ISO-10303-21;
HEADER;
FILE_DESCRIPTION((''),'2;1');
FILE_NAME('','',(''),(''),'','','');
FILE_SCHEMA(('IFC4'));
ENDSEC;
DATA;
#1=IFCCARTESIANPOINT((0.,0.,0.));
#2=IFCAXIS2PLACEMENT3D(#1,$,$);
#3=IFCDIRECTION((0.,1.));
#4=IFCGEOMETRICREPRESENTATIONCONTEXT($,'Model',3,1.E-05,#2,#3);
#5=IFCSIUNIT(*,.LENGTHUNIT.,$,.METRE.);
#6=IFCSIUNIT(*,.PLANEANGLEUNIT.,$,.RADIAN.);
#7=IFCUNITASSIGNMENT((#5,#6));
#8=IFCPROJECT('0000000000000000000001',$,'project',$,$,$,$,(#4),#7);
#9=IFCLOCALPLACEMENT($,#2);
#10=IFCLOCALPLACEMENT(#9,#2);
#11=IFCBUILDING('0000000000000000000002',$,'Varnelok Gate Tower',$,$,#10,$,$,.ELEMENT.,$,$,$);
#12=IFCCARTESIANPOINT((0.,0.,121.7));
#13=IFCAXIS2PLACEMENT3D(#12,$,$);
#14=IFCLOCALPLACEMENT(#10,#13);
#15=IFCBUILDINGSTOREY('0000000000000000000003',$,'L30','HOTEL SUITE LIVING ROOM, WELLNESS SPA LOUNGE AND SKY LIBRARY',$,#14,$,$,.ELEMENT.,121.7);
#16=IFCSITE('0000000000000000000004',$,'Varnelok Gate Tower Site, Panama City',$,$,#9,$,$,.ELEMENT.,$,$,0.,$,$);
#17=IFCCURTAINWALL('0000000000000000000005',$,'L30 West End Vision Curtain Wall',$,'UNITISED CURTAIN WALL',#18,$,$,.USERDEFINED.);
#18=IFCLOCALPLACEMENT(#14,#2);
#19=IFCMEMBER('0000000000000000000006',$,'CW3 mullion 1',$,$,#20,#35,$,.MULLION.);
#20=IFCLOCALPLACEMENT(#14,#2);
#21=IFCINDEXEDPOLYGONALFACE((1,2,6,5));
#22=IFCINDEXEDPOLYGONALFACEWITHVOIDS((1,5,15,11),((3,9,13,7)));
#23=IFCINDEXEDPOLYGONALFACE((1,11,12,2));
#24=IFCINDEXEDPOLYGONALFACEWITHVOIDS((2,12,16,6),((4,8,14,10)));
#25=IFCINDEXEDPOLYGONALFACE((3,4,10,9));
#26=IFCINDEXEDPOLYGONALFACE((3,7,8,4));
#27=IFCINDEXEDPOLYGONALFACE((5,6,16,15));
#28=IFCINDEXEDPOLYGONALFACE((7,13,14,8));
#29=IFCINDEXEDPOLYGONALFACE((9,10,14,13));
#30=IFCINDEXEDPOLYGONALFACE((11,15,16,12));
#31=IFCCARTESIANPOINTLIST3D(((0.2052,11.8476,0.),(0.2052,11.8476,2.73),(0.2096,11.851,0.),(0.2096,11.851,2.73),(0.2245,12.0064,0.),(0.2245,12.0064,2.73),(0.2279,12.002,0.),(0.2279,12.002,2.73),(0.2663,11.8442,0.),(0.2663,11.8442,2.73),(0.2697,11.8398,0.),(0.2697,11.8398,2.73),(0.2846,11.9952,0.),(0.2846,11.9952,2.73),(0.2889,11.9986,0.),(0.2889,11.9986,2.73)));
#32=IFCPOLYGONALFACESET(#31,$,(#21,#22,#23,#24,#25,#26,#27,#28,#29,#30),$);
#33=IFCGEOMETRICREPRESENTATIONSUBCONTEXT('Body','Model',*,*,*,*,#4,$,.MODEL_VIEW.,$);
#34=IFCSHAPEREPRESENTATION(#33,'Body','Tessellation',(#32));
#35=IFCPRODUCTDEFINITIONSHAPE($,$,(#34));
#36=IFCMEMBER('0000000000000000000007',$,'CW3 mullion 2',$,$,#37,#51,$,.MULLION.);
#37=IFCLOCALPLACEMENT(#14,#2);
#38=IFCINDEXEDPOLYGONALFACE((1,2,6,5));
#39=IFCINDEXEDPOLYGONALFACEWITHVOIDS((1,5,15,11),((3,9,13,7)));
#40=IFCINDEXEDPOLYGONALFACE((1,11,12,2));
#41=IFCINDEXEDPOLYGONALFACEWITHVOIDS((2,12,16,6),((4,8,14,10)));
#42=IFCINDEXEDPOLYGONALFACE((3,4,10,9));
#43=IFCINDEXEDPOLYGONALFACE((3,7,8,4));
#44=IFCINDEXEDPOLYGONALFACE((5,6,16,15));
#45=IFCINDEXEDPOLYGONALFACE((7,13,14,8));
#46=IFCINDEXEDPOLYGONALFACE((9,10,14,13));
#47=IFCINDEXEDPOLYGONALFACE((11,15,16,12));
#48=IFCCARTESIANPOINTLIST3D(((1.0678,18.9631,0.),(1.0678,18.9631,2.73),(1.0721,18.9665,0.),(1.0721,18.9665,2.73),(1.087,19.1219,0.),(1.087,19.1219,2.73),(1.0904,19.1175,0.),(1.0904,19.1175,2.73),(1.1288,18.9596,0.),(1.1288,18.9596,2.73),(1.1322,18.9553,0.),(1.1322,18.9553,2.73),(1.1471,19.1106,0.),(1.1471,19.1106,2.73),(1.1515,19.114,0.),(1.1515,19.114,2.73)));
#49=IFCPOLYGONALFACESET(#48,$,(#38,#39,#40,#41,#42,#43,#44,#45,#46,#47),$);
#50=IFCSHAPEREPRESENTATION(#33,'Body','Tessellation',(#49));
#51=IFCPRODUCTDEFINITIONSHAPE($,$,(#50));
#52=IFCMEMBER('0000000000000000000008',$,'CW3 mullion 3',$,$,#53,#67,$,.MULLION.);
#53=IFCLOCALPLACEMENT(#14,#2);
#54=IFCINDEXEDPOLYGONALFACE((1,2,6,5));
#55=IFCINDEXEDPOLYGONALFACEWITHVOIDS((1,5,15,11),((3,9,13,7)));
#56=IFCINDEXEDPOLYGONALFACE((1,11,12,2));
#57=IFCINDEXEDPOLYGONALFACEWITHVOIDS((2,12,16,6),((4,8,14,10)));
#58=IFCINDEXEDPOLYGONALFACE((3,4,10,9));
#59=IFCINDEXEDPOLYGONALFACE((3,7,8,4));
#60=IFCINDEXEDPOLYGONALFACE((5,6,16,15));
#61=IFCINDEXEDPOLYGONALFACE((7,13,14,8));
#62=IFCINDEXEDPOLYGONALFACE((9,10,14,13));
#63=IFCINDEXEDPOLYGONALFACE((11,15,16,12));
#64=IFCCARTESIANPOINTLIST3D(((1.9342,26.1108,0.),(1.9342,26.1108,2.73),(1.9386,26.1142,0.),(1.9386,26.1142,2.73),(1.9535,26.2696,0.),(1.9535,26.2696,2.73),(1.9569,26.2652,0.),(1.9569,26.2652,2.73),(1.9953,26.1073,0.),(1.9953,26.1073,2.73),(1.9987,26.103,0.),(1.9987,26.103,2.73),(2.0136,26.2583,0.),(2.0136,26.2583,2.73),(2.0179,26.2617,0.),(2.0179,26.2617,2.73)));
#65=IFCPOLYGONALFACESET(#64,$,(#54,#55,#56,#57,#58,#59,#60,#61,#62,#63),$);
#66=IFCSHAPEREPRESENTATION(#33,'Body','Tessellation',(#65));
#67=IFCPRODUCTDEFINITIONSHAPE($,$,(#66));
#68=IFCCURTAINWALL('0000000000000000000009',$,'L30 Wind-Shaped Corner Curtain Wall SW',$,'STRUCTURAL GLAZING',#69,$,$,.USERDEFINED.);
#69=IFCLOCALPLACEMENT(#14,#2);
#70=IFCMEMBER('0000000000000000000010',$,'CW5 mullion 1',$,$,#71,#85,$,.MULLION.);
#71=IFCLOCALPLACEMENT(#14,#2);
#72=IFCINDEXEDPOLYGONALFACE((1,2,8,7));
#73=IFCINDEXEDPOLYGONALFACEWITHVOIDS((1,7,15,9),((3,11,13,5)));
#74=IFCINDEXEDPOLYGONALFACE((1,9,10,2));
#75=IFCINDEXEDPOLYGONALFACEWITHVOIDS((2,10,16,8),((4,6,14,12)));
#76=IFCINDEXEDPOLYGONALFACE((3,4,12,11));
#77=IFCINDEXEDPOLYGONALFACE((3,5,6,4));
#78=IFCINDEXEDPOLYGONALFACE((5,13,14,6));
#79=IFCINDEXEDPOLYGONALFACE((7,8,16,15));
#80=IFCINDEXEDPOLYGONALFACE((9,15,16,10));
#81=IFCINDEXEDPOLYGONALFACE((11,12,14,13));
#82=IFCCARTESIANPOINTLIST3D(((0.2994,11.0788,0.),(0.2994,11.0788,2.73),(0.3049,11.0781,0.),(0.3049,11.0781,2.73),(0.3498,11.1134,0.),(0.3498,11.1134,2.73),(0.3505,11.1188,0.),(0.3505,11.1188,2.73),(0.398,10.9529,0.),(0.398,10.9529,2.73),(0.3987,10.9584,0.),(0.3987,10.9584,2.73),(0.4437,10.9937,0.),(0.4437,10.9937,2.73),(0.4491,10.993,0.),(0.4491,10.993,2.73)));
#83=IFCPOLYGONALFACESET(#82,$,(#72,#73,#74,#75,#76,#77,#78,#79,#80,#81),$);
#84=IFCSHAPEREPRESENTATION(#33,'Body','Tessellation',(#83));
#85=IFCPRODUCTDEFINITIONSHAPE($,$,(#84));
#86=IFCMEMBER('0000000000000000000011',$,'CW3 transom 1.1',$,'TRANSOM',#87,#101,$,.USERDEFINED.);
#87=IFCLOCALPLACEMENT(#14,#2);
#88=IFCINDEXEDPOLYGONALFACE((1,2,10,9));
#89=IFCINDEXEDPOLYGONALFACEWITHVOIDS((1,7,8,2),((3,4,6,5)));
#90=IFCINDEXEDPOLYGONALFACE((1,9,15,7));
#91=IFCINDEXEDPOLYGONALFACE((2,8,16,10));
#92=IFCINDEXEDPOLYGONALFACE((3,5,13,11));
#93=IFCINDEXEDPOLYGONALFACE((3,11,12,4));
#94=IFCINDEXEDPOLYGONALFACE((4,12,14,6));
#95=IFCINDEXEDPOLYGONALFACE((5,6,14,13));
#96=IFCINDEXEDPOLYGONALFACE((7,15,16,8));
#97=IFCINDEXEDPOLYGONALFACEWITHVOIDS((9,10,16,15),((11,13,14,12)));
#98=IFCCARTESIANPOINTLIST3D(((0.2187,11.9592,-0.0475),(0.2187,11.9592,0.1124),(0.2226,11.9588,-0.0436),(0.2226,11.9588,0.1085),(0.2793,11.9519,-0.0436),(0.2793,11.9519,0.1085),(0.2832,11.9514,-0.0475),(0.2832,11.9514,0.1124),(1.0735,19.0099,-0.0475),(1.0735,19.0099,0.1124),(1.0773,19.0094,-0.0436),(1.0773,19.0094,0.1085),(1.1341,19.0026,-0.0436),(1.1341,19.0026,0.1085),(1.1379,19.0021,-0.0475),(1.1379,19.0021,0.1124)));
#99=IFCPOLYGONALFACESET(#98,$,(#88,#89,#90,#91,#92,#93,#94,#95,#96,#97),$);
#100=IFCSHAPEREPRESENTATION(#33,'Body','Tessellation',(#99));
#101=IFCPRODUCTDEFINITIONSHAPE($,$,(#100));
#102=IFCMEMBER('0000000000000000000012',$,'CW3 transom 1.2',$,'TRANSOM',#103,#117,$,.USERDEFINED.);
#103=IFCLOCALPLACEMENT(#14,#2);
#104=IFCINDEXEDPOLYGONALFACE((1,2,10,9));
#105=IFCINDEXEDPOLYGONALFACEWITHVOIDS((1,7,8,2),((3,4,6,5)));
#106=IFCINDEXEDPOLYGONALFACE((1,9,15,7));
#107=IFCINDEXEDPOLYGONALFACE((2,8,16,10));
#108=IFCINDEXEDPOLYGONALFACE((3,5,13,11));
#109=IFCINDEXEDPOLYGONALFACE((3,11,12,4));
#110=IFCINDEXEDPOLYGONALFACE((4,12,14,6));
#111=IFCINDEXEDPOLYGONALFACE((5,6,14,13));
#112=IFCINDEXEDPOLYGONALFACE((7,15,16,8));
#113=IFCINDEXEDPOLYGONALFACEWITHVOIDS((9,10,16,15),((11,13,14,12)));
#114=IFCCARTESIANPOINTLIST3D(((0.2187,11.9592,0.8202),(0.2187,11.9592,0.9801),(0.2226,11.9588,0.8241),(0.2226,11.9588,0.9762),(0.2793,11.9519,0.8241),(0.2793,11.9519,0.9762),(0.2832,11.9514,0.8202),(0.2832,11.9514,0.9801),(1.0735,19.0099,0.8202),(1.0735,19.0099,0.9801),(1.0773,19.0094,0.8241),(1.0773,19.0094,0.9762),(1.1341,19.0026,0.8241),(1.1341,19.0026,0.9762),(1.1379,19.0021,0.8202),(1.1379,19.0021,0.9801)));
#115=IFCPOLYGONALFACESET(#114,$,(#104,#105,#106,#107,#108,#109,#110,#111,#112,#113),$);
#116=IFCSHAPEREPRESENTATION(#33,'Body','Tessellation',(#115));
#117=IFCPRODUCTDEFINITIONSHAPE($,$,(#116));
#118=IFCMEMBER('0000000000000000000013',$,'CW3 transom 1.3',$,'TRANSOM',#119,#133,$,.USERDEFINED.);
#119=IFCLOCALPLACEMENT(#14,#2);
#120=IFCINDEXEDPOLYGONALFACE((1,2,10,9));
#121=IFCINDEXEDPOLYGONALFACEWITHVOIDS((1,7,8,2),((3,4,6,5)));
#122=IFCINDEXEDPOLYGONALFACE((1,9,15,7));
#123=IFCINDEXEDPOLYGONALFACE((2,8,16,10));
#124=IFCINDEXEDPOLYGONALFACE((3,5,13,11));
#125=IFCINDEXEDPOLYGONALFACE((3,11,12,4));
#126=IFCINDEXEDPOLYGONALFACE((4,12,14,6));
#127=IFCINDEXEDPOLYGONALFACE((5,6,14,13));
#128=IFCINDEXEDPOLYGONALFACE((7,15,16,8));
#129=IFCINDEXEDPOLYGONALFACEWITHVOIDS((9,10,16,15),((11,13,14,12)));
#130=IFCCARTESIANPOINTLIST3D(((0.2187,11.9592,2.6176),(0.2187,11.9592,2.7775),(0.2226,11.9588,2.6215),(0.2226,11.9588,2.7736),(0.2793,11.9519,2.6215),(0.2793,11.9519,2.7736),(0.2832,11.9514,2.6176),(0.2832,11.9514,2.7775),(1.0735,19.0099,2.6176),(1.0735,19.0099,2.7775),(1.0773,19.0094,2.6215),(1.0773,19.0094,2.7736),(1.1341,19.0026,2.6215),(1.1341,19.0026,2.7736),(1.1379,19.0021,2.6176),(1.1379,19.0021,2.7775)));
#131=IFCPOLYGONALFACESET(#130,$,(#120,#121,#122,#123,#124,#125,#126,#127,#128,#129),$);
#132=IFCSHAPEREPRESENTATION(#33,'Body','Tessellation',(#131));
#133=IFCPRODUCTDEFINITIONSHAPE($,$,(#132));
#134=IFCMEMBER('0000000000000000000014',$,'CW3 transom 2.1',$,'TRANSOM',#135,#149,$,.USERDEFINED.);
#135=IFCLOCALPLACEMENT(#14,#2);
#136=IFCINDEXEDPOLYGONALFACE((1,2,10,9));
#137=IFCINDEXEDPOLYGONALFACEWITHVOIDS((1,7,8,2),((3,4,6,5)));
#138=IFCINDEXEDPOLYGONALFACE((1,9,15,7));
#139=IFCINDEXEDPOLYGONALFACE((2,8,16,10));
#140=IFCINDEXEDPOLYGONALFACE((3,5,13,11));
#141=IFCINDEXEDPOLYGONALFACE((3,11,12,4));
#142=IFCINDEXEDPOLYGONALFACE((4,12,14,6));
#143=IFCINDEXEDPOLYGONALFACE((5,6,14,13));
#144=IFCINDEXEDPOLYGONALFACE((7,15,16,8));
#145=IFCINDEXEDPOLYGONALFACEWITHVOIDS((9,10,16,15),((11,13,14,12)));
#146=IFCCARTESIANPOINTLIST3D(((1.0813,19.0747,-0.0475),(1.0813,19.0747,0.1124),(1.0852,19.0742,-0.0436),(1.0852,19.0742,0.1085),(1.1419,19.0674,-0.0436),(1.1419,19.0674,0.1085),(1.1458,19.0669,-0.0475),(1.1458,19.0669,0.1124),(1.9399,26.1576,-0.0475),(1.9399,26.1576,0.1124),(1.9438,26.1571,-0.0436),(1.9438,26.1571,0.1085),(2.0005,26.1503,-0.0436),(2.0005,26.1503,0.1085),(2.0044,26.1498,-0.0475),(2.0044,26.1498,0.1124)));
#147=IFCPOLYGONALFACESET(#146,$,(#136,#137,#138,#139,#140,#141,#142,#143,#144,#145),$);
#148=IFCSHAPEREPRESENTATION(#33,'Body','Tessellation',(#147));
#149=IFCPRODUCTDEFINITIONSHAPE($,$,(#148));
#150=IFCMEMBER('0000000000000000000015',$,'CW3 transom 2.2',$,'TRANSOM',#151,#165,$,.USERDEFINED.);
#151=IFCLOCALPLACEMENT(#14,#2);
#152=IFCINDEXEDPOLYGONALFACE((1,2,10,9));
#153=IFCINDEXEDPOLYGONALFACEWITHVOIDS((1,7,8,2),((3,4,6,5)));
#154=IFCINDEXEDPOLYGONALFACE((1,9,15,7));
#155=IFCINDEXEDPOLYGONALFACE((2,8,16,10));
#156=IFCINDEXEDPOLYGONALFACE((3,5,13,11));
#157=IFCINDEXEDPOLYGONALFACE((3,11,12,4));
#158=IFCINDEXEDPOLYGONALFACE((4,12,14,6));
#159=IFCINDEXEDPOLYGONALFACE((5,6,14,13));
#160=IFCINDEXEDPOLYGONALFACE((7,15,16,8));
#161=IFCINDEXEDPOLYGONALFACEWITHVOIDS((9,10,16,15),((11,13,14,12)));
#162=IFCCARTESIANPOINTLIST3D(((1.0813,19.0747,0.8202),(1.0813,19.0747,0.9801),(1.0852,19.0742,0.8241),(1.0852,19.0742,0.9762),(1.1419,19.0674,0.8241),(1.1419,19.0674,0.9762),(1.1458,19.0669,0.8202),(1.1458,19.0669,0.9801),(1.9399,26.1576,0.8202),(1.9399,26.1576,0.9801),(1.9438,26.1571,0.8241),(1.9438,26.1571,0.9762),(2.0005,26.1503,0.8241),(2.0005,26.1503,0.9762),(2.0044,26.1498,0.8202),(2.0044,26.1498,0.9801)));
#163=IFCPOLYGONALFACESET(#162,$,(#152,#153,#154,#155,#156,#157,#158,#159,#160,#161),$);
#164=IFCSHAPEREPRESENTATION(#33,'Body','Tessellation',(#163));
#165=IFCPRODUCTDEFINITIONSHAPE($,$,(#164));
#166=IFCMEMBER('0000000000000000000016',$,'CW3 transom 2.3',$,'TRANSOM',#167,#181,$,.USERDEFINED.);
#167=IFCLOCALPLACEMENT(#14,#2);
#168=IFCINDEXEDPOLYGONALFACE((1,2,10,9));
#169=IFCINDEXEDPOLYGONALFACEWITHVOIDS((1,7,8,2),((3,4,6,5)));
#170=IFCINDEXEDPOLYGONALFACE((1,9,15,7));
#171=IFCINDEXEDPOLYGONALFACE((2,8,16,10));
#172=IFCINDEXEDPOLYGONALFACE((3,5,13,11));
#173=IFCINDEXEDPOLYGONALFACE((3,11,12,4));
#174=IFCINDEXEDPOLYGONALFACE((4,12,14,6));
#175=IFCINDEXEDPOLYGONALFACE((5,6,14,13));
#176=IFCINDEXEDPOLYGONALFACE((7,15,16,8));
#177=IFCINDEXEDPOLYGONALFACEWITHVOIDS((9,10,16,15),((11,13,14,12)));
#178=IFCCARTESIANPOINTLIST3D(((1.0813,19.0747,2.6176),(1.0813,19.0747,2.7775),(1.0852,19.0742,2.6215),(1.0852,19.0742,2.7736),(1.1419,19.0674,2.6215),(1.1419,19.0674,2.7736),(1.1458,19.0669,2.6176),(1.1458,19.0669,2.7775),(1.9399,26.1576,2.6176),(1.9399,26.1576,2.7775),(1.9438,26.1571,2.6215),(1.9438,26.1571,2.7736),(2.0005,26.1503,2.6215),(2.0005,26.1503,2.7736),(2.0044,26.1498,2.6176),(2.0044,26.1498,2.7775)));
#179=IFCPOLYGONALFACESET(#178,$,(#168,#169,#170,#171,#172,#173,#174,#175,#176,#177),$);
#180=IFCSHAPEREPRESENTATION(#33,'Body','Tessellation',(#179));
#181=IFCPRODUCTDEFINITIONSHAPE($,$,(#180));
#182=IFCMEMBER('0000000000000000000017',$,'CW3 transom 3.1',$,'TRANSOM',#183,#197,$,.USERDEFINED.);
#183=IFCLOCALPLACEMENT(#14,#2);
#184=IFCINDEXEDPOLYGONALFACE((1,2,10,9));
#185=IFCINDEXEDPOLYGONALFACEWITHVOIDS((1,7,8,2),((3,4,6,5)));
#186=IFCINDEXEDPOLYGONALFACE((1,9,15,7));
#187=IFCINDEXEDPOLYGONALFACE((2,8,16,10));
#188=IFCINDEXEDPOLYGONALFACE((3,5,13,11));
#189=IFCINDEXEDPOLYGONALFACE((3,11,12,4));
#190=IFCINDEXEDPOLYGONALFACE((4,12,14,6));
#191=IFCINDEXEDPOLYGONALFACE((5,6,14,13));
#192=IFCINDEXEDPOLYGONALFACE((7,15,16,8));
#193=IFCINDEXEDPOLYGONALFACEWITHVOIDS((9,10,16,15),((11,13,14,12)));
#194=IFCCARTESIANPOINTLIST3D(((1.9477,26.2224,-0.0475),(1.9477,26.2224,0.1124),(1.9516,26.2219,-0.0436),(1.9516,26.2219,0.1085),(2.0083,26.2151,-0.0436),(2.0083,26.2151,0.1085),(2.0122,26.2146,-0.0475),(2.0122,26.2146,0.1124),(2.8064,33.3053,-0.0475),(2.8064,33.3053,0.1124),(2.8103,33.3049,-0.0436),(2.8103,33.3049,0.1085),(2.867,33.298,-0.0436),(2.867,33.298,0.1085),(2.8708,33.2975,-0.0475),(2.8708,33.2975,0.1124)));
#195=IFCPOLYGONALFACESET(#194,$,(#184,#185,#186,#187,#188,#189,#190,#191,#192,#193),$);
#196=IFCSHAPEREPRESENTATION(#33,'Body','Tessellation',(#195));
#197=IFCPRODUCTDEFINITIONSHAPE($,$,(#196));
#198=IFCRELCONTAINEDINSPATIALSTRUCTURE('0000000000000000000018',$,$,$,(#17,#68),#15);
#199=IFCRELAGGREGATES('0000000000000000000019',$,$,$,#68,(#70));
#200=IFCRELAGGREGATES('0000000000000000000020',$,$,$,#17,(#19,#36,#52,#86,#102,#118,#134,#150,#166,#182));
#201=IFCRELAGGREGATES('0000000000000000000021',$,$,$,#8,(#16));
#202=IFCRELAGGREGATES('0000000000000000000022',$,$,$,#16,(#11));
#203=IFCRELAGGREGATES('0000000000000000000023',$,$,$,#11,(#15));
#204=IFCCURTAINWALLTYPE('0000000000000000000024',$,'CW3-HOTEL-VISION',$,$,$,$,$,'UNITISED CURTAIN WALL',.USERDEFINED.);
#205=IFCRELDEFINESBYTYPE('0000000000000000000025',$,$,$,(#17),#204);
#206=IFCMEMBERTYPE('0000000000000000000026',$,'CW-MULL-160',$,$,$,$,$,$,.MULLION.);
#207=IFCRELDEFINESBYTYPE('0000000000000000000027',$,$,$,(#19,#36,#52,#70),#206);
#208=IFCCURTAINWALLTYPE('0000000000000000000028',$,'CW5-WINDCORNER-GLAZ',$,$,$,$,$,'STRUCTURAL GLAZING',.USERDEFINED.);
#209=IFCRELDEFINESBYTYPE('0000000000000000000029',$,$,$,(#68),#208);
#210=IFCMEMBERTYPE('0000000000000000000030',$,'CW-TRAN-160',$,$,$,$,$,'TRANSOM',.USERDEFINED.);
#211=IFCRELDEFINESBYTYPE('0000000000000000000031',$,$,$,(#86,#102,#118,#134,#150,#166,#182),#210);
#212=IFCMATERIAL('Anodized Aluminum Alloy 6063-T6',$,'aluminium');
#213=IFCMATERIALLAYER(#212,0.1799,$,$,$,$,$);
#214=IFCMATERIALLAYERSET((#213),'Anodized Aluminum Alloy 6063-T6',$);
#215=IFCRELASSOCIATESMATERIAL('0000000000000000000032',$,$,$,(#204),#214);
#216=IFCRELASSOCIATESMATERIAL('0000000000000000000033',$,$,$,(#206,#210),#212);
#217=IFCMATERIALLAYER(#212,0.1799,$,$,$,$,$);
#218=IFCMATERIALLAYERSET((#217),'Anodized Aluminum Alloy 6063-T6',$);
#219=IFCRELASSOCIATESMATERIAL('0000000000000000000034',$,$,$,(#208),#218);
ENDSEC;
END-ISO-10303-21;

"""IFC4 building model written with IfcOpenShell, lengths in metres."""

from ifc_helpers import new_model, si_unit, direction, frame, origin, origin_2d, place, context, subcontext, project, spatial, hollow_rectangle, extrude, material, layer, layer_set, material_profile, profile_set, type_object, element, aggregate, save


model = new_model("IFC4")

# Units and contexts
model_context = context("Model", 3, precision=1e-05, world=origin(), true_north=direction((0.0, 1.0)))
body_context = subcontext(model_context, "Body", "Model", "MODEL_VIEW")
ifc_project = project(units=[si_unit("LENGTHUNIT", "METRE"), si_unit("PLANEANGLEUNIT", "RADIAN")], contexts=[model_context])

# Site, building, storey
site_placement = place(None, origin())
site = spatial("IfcSite", under=ifc_project, at=site_placement, Name="Varnelok Gate Tower Site, Panama City", CompositionType="ELEMENT", RefElevation=0.0)
building_placement = place(site_placement, origin())
building = spatial("IfcBuilding", under=site, at=building_placement, Name="Varnelok Gate Tower", CompositionType="ELEMENT")
storey_placement = place(building_placement, frame((0.0, 0.0, 121.7)))
storey = spatial("IfcBuildingStorey", under=building, at=storey_placement, Name="L30", Description="HOTEL SUITE LIVING ROOM, WELLNESS SPA LOUNGE AND SKY LIBRARY", CompositionType="ELEMENT", Elevation=121.7)

# Curtain wall, members
ifc_material_1 = material(Name="Anodized Aluminum Alloy 6063-T6", Category="aluminium")
ifc_layer_1 = layer(ifc_material_1, 0.1799)
ifc_layer_set_1 = layer_set([ifc_layer_1], Name="Anodized Aluminum Alloy 6063-T6")
curtain_wall_type_1 = type_object("IfcCurtainWallType", Name="CW3-HOTEL-VISION", ElementType="UNITISED CURTAIN WALL", PredefinedType="USERDEFINED", material=ifc_layer_set_1)
curtain_wall_1_placement = place(storey_placement, origin())
curtain_wall_1 = element("IfcCurtainWall", 1, at=curtain_wall_1_placement, inside=storey, type_object=curtain_wall_type_1, Name="L30 West End Vision Curtain Wall", ObjectType="UNITISED CURTAIN WALL", PredefinedType="USERDEFINED")
ifc_material_profile_1 = material_profile(ifc_material_1, hollow_rectangle(XDim=0.0649, YDim=0.1599, WallThickness=0.0039, at=origin_2d()), Name="ALU160X65X4")
ifc_profile_set_1 = profile_set([ifc_material_profile_1], Name="Anodized Aluminum Alloy 6063-T6")
member_type_1 = type_object("IfcMemberType", Name="CW-MULL-160", PredefinedType="MULLION", material=ifc_profile_set_1)
member_1_placement = place(storey_placement, frame((0.2471, 11.9231, 0.0), z_axis=(0.0, 0.0, 1.0), x_axis=(-0.992732, 0.120347, 0.0)))
member_1 = element("IfcMember", 2, at=member_1_placement, type_object=member_type_1, Name="CW3 mullion 1", PredefinedType="MULLION", context=body_context, shape_type="SweptSolid", body=[
    extrude(hollow_rectangle(XDim=0.0649, YDim=0.1599, WallThickness=0.0039, at=origin_2d()), origin(), (0.0, 0.0, 1.0), 2.73),
])
member_2_placement = place(storey_placement, frame((1.1096, 19.0386, 0.0), z_axis=(0.0, 0.0, 1.0), x_axis=(-0.992732, 0.120347, 0.0)))
member_2 = element("IfcMember", 3, at=member_2_placement, type_object=member_type_1, Name="CW3 mullion 2", PredefinedType="MULLION", context=body_context, shape_type="SweptSolid", body=[
    extrude(hollow_rectangle(XDim=0.0649, YDim=0.1599, WallThickness=0.0039, at=origin_2d()), origin(), (0.0, 0.0, 1.0), 2.73),
])
member_3_placement = place(storey_placement, frame((1.9761, 26.1863, 0.0), z_axis=(0.0, 0.0, 1.0), x_axis=(-0.992732, 0.120347, 0.0)))
member_3 = element("IfcMember", 4, at=member_3_placement, type_object=member_type_1, Name="CW3 mullion 3", PredefinedType="MULLION", context=body_context, shape_type="SweptSolid", body=[
    extrude(hollow_rectangle(XDim=0.0649, YDim=0.1599, WallThickness=0.0039, at=origin_2d()), origin(), (0.0, 0.0, 1.0), 2.73),
])

# Curtain wall, member
ifc_layer_2 = layer(ifc_material_1, 0.1799)
ifc_layer_set_2 = layer_set([ifc_layer_2], Name="Anodized Aluminum Alloy 6063-T6")
curtain_wall_type_2 = type_object("IfcCurtainWallType", Name="CW5-WINDCORNER-GLAZ", ElementType="STRUCTURAL GLAZING", PredefinedType="USERDEFINED", material=ifc_layer_set_2)
curtain_wall_2_placement = place(storey_placement, origin())
curtain_wall_2 = element("IfcCurtainWall", 5, at=curtain_wall_2_placement, inside=storey, type_object=curtain_wall_type_2, Name="L30 Wind-Shaped Corner Curtain Wall SW", ObjectType="STRUCTURAL GLAZING", PredefinedType="USERDEFINED")
member_4_placement = place(storey_placement, frame((0.3743, 11.0359, 0.0), z_axis=(0.0, 0.0, 1.0), x_axis=(0.787055, 0.616883, 0.0)))
member_4 = element("IfcMember", 6, at=member_4_placement, type_object=member_type_1, Name="CW5 mullion 1", PredefinedType="MULLION", context=body_context, shape_type="SweptSolid", body=[
    extrude(hollow_rectangle(XDim=0.0649, YDim=0.1599, WallThickness=0.0039, at=origin_2d()), origin(), (0.0, 0.0, 1.0), 2.73),
])
aggregate(curtain_wall_2, [member_4])

# Members
ifc_material_profile_2 = material_profile(ifc_material_1, hollow_rectangle(XDim=0.0649, YDim=0.1599, WallThickness=0.0039, at=origin_2d()), Name="ALU160X65X4")
ifc_profile_set_2 = profile_set([ifc_material_profile_2], Name="Anodized Aluminum Alloy 6063-T6")
member_type_2 = type_object("IfcMemberType", Name="CW-TRAN-160", ElementType="TRANSOM", PredefinedType="USERDEFINED", material=ifc_profile_set_2)
member_5_placement = place(storey_placement, frame((0.251, 11.9553, 0.0325), z_axis=(0.120345, 0.992732, 0.0), x_axis=(-0.992732, 0.120345, 0.0)))
member_5 = element("IfcMember", 7, at=member_5_placement, type_object=member_type_2, Name="CW3 transom 1.1", ObjectType="TRANSOM", PredefinedType="USERDEFINED", context=body_context, shape_type="SweptSolid", body=[
    extrude(hollow_rectangle(XDim=0.0649, YDim=0.1599, WallThickness=0.0039, at=origin_2d()), origin(), (0.0, 0.0, 1.0), 7.1023),
])
member_6_placement = place(storey_placement, frame((0.251, 11.9553, 0.9001), z_axis=(0.120345, 0.992732, 0.0), x_axis=(-0.992732, 0.120345, 0.0)))
member_6 = element("IfcMember", 8, at=member_6_placement, type_object=member_type_2, Name="CW3 transom 1.2", ObjectType="TRANSOM", PredefinedType="USERDEFINED", context=body_context, shape_type="SweptSolid", body=[
    extrude(hollow_rectangle(XDim=0.0649, YDim=0.1599, WallThickness=0.0039, at=origin_2d()), origin(), (0.0, 0.0, 1.0), 7.1023),
])
member_7_placement = place(storey_placement, frame((0.251, 11.9553, 2.6975), z_axis=(0.120345, 0.992732, 0.0), x_axis=(-0.992732, 0.120345, 0.0)))
member_7 = element("IfcMember", 9, at=member_7_placement, type_object=member_type_2, Name="CW3 transom 1.3", ObjectType="TRANSOM", PredefinedType="USERDEFINED", context=body_context, shape_type="SweptSolid", body=[
    extrude(hollow_rectangle(XDim=0.0649, YDim=0.1599, WallThickness=0.0039, at=origin_2d()), origin(), (0.0, 0.0, 1.0), 7.1023),
])
member_8_placement = place(storey_placement, frame((1.1135, 19.0708, 0.0325), z_axis=(0.120345, 0.992732, 0.0), x_axis=(-0.992732, 0.120345, 0.0)))
member_8 = element("IfcMember", 10, at=member_8_placement, type_object=member_type_2, Name="CW3 transom 2.1", ObjectType="TRANSOM", PredefinedType="USERDEFINED", context=body_context, shape_type="SweptSolid", body=[
    extrude(hollow_rectangle(XDim=0.0649, YDim=0.1599, WallThickness=0.0039, at=origin_2d()), origin(), (0.0, 0.0, 1.0), 7.1348),
])
member_9_placement = place(storey_placement, frame((1.1135, 19.0708, 0.9001), z_axis=(0.120345, 0.992732, 0.0), x_axis=(-0.992732, 0.120345, 0.0)))
member_9 = element("IfcMember", 11, at=member_9_placement, type_object=member_type_2, Name="CW3 transom 2.2", ObjectType="TRANSOM", PredefinedType="USERDEFINED", context=body_context, shape_type="SweptSolid", body=[
    extrude(hollow_rectangle(XDim=0.0649, YDim=0.1599, WallThickness=0.0039, at=origin_2d()), origin(), (0.0, 0.0, 1.0), 7.1348),
])
member_10_placement = place(storey_placement, frame((1.1135, 19.0708, 2.6975), z_axis=(0.120345, 0.992732, 0.0), x_axis=(-0.992732, 0.120345, 0.0)))
member_10 = element("IfcMember", 12, at=member_10_placement, type_object=member_type_2, Name="CW3 transom 2.3", ObjectType="TRANSOM", PredefinedType="USERDEFINED", context=body_context, shape_type="SweptSolid", body=[
    extrude(hollow_rectangle(XDim=0.0649, YDim=0.1599, WallThickness=0.0039, at=origin_2d()), origin(), (0.0, 0.0, 1.0), 7.1348),
])
member_11_placement = place(storey_placement, frame((1.98, 26.2185, 0.0325), z_axis=(0.120345, 0.992732, 0.0), x_axis=(-0.992732, 0.120345, 0.0)))
member_11 = element("IfcMember", 13, at=member_11_placement, type_object=member_type_2, Name="CW3 transom 3.1", ObjectType="TRANSOM", PredefinedType="USERDEFINED", context=body_context, shape_type="SweptSolid", body=[
    extrude(hollow_rectangle(XDim=0.0649, YDim=0.1599, WallThickness=0.0039, at=origin_2d()), origin(), (0.0, 0.0, 1.0), 7.1348),
])

aggregate(curtain_wall_1, [member_1, member_2, member_3, member_5, member_6, member_7, member_8, member_9, member_10, member_11])

save(model, "model.ifc")
